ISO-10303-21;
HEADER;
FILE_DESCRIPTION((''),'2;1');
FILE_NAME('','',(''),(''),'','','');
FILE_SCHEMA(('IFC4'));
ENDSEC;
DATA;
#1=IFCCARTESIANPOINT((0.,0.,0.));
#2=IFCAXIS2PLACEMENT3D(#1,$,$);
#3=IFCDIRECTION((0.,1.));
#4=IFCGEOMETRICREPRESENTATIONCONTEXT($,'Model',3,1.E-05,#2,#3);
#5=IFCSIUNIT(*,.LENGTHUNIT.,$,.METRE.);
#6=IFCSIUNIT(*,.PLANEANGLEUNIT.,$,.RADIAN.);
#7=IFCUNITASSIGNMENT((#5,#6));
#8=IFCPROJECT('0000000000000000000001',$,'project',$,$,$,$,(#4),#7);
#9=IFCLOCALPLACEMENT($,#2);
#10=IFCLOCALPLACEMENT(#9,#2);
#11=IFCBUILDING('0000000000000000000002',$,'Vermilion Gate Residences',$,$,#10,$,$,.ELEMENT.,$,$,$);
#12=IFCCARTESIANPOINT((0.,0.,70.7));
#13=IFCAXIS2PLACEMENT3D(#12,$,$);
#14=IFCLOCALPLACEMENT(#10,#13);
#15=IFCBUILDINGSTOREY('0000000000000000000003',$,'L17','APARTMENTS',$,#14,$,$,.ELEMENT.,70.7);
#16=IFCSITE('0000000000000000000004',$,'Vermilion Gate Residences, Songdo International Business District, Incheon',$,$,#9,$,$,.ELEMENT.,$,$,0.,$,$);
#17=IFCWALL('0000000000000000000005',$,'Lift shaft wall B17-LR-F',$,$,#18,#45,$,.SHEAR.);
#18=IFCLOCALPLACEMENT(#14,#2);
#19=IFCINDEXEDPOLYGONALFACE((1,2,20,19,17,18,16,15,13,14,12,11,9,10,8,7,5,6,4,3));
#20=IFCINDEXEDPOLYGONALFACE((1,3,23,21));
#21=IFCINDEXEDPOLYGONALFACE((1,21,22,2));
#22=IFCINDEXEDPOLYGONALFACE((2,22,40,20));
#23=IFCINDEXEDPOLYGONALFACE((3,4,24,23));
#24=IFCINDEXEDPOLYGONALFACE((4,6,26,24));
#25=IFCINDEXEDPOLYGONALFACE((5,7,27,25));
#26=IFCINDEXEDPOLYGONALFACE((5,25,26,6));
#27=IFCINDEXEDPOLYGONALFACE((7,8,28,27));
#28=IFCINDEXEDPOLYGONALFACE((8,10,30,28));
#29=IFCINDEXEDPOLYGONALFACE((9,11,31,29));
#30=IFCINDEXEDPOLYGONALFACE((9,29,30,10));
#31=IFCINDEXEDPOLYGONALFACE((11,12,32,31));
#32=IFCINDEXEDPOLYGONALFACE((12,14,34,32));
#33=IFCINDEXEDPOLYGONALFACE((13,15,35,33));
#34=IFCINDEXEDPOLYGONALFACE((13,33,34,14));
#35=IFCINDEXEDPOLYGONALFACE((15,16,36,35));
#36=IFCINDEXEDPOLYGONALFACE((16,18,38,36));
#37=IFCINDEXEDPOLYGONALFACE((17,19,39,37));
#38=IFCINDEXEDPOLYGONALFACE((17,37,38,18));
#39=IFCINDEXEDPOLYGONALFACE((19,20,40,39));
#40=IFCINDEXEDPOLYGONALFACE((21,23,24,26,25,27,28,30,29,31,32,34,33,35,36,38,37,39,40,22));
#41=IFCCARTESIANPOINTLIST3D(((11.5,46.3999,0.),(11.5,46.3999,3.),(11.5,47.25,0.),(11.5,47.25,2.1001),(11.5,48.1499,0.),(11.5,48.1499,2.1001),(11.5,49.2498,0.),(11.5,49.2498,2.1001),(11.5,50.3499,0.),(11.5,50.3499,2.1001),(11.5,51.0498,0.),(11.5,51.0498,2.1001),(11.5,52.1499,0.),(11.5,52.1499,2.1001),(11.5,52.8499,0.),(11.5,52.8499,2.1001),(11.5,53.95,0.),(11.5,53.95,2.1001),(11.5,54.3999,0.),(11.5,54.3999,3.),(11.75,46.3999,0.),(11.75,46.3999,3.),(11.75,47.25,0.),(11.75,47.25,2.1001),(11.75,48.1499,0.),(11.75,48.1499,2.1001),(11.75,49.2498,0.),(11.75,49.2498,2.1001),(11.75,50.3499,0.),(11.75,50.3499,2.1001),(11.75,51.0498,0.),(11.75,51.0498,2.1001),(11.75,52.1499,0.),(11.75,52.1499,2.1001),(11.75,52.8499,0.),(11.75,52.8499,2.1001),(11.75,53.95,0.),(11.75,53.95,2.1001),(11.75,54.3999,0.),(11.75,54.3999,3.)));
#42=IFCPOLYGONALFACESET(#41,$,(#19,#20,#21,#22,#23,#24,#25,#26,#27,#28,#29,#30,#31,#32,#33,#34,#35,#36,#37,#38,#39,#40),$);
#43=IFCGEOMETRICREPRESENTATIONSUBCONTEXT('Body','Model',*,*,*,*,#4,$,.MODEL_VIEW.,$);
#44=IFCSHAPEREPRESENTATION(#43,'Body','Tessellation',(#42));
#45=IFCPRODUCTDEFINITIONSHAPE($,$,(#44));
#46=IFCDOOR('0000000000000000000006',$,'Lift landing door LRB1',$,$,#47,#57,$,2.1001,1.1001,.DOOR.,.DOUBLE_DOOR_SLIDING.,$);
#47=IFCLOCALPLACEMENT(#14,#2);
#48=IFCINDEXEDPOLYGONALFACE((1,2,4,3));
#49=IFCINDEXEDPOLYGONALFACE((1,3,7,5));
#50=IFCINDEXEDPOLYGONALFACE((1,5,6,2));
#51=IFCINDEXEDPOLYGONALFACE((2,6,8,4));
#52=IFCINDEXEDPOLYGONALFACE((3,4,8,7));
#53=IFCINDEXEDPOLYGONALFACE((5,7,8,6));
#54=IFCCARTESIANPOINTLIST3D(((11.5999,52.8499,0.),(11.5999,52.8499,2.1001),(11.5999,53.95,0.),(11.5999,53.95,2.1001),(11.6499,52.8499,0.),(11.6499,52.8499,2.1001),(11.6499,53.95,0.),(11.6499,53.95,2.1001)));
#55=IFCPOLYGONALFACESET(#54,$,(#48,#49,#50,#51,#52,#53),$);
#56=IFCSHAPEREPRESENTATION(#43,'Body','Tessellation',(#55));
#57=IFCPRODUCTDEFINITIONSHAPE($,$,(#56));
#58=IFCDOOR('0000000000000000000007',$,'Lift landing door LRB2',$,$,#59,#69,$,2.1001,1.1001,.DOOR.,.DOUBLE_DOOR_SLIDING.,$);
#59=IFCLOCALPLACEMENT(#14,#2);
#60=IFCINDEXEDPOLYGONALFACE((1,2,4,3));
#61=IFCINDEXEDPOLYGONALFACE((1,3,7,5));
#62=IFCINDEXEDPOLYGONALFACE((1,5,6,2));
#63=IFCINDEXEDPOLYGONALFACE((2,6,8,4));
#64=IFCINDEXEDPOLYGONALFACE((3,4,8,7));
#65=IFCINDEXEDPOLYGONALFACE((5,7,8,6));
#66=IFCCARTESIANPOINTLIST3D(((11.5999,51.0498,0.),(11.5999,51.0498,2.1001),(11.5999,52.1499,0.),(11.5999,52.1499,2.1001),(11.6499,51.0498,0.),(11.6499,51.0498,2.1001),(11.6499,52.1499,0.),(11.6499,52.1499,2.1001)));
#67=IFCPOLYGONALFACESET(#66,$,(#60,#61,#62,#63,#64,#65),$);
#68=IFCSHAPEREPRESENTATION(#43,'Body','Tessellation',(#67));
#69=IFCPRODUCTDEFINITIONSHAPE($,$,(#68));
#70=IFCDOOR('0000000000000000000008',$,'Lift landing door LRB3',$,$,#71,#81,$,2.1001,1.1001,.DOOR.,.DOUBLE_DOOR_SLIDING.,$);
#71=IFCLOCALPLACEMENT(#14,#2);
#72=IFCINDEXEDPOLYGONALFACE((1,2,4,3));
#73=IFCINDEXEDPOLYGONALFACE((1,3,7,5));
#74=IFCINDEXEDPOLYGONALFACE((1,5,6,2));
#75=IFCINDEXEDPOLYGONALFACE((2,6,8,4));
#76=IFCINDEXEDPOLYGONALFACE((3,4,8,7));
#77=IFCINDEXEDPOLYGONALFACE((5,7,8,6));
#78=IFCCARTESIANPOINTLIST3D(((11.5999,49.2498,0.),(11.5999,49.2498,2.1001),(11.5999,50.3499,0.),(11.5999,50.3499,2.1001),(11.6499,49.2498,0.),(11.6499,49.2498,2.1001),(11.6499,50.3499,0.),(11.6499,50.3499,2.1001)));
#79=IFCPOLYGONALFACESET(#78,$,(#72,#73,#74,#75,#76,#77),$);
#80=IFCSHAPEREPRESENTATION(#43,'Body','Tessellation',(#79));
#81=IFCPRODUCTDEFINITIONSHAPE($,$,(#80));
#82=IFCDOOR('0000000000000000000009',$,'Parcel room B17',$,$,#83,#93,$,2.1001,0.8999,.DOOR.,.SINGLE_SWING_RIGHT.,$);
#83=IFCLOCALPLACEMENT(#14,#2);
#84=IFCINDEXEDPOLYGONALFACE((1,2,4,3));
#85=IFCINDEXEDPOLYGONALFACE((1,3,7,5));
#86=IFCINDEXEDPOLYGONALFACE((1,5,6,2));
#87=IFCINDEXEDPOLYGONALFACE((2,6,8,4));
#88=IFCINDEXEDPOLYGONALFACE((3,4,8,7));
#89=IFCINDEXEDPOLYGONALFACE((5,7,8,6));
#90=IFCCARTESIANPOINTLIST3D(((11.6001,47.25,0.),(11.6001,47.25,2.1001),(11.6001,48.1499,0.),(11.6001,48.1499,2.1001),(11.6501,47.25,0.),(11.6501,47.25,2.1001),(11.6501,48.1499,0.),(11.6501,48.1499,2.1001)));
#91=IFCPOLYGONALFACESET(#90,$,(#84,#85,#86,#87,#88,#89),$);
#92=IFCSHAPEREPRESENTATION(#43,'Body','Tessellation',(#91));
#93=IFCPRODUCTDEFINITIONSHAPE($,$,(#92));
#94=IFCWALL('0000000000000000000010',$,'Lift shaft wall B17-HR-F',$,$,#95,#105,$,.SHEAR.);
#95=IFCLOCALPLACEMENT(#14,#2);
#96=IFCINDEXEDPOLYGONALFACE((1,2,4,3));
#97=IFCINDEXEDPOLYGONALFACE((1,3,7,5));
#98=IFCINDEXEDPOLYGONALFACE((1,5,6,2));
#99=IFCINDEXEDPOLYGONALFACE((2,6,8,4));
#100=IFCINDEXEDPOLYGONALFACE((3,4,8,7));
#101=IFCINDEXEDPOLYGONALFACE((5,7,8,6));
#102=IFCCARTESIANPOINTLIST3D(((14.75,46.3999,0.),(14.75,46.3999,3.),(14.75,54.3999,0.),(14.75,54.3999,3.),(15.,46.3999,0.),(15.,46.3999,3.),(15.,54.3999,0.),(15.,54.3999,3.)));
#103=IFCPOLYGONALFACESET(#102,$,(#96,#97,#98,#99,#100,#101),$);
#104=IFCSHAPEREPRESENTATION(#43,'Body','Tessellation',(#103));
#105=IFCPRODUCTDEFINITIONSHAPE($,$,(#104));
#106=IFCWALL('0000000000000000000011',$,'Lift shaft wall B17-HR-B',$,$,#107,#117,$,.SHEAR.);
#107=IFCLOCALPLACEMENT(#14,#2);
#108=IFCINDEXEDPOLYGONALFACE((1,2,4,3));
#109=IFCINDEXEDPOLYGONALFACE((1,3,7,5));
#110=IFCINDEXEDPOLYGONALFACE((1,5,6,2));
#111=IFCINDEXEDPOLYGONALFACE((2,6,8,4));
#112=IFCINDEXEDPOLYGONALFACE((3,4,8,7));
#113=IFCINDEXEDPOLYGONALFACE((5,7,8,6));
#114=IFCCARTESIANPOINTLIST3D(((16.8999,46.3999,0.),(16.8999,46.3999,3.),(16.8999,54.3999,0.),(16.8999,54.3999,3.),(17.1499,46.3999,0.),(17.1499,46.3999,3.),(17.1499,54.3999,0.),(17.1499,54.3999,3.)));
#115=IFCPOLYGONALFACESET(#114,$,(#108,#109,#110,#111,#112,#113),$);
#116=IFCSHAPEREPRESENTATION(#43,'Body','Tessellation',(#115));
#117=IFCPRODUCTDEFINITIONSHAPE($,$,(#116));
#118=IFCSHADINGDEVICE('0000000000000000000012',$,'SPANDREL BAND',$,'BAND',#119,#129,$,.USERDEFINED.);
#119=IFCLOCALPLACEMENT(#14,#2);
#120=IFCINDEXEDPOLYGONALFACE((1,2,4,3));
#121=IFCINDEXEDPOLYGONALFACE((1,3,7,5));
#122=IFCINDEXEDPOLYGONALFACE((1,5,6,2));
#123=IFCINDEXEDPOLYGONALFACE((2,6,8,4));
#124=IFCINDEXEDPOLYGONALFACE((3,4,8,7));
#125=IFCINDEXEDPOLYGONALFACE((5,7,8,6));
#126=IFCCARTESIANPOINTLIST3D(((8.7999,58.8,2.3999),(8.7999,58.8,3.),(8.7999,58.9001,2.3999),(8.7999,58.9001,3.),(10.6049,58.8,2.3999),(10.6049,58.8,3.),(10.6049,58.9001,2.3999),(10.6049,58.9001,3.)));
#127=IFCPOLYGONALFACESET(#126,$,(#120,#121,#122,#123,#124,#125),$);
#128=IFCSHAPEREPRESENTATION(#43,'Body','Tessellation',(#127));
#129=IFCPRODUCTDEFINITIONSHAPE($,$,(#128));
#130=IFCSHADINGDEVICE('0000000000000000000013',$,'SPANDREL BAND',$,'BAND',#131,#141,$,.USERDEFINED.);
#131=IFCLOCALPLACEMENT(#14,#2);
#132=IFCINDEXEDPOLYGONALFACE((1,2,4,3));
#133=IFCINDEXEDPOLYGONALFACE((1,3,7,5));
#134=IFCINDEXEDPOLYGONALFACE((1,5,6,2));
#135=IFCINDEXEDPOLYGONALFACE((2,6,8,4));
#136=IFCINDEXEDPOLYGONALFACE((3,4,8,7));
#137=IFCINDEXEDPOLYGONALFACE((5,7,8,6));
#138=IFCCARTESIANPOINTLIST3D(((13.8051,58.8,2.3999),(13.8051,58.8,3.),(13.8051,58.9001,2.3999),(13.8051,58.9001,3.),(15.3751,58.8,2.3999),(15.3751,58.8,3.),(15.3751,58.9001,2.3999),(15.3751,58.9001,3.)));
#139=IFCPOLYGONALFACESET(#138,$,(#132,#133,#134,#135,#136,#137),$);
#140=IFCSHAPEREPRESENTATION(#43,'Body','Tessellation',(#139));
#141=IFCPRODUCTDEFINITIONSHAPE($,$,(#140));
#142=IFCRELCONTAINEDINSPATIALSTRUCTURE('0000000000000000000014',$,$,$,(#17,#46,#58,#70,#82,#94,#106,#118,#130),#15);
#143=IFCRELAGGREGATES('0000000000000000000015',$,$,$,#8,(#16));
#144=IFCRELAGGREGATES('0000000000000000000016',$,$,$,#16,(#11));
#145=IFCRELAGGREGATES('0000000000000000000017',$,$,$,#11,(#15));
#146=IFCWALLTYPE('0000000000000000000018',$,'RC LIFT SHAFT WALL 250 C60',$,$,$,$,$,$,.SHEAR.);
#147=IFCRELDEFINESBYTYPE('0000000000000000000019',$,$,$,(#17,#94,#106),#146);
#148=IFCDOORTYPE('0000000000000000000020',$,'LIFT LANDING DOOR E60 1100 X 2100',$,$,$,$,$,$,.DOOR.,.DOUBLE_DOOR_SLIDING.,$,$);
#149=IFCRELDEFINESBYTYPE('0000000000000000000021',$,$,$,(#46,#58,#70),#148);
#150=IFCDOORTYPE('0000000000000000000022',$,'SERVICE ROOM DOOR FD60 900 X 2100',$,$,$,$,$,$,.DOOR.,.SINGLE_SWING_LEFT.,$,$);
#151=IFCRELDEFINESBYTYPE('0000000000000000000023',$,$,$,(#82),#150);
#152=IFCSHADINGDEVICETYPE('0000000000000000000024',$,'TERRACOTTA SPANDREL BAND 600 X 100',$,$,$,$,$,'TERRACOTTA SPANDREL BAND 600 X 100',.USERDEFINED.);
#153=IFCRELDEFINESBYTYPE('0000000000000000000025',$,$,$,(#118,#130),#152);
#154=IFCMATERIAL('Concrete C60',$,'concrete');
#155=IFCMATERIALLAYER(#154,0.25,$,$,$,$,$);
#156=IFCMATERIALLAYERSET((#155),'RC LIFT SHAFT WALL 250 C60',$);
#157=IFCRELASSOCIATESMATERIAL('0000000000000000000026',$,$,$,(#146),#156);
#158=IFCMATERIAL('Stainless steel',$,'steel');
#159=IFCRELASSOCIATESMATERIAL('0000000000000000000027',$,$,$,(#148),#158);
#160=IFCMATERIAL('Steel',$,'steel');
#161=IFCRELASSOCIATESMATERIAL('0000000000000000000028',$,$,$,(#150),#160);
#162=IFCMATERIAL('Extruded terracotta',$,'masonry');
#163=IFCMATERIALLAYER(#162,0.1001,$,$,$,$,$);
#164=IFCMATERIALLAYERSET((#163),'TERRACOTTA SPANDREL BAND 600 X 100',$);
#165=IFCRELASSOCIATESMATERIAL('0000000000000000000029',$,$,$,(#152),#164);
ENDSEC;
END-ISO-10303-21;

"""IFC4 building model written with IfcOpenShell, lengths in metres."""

from ifc_helpers import new_model, si_unit, direction, frame, frame_2d, origin, origin_2d, place, context, subcontext, project, spatial, rectangle, extrude, material, layer, layer_set, type_object, element, fill, save


model = new_model("IFC4")

# Units and contexts
model_context = context("Model", 3, precision=1e-05, world=origin(), true_north=direction((0.0, 1.0)))
body_context = subcontext(model_context, "Body", "Model", "MODEL_VIEW")
ifc_project = project(units=[si_unit("LENGTHUNIT", "METRE"), si_unit("PLANEANGLEUNIT", "RADIAN")], contexts=[model_context])

# Site, building, storey
site_placement = place(None, origin())
site = spatial("IfcSite", under=ifc_project, at=site_placement, Name="Vermilion Gate Residences, Songdo International Business District, Incheon", CompositionType="ELEMENT", RefElevation=0.0)
building_placement = place(site_placement, origin())
building = spatial("IfcBuilding", under=site, at=building_placement, Name="Vermilion Gate Residences", CompositionType="ELEMENT")
storey_placement = place(building_placement, frame((0.0, 0.0, 70.7)))
storey = spatial("IfcBuildingStorey", under=building, at=storey_placement, Name="L17", Description="APARTMENTS", CompositionType="ELEMENT", Elevation=70.7)

# Wall, openings, doors
ifc_material_1 = material(Name="Concrete C60", Category="concrete")
ifc_layer_1 = layer(ifc_material_1, 0.25)
ifc_layer_set_1 = layer_set([ifc_layer_1], Name="RC LIFT SHAFT WALL 250 C60")
wall_type_1 = type_object("IfcWallType", Name="RC LIFT SHAFT WALL 250 C60", PredefinedType="SHEAR", material=ifc_layer_set_1)
wall_1_placement = place(storey_placement, frame((11.625, 54.3999, 0.0), z_axis=(0.0, 0.0, 1.0), x_axis=(0.0, -1.0, 0.0)))
wall_1 = element("IfcWall", 1, at=wall_1_placement, inside=storey, type_object=wall_type_1, Name="Lift shaft wall B17-LR-F", PredefinedType="SHEAR", context=body_context, shape_type="SweptSolid", body=[
    extrude(rectangle(XDim=8.0, YDim=0.25, at=frame_2d((4.0, 0.0))), origin(), (0.0, 0.0, 1.0), 3.0),
])
opening_1_placement = place(wall_1_placement, frame((0.45, 0.0, 0.0)))
opening_1 = element("IfcOpeningElement", 2, at=opening_1_placement, cuts=wall_1, PredefinedType="OPENING", context=body_context, shape_type="SweptSolid", body=[
    extrude(rectangle(XDim=1.1001, YDim=2.1001, at=frame_2d((0.55, 1.05))), frame((0.0, 0.135, 0.0), z_axis=(0.0, -1.0, 0.0), x_axis=(1.0, 0.0, 0.0)), (0.0, 0.0, 1.0), 0.27),
])
opening_2_placement = place(wall_1_placement, frame((2.25, 0.0, 0.0)))
opening_2 = element("IfcOpeningElement", 3, at=opening_2_placement, cuts=wall_1, PredefinedType="OPENING", context=body_context, shape_type="SweptSolid", body=[
    extrude(rectangle(XDim=1.1001, YDim=2.1001, at=frame_2d((0.55, 1.05))), frame((0.0, 0.135, 0.0), z_axis=(0.0, -1.0, 0.0), x_axis=(1.0, 0.0, 0.0)), (0.0, 0.0, 1.0), 0.27),
])
opening_3_placement = place(wall_1_placement, frame((4.05, 0.0, 0.0)))
opening_3 = element("IfcOpeningElement", 4, at=opening_3_placement, cuts=wall_1, PredefinedType="OPENING", context=body_context, shape_type="SweptSolid", body=[
    extrude(rectangle(XDim=1.1001, YDim=2.1001, at=frame_2d((0.55, 1.05))), frame((0.0, 0.135, 0.0), z_axis=(0.0, -1.0, 0.0), x_axis=(1.0, 0.0, 0.0)), (0.0, 0.0, 1.0), 0.27),
])
opening_4_placement = place(wall_1_placement, frame((6.25, 0.0, 0.0)))
opening_4 = element("IfcOpeningElement", 5, at=opening_4_placement, cuts=wall_1, PredefinedType="OPENING", context=body_context, shape_type="SweptSolid", body=[
    extrude(rectangle(XDim=0.8999, YDim=2.1001, at=frame_2d((0.45, 1.05))), frame((0.0, 0.135, 0.0), z_axis=(0.0, -1.0, 0.0), x_axis=(1.0, 0.0, 0.0)), (0.0, 0.0, 1.0), 0.27),
])
ifc_material_2 = material(Name="Stainless steel", Category="steel")
door_type_1 = type_object("IfcDoorType", Name="LIFT LANDING DOOR E60 1100 X 2100", OperationType="DOUBLE_DOOR_SLIDING", PredefinedType="DOOR", material=ifc_material_2)
door_1_placement = place(opening_1_placement, origin())
door_1 = element("IfcDoor", 6, at=door_1_placement, inside=storey, type_object=door_type_1, Name="Lift landing door LRB1", OperationType="DOUBLE_DOOR_SLIDING", OverallHeight=2.1001, OverallWidth=1.1001, PredefinedType="DOOR", context=body_context, shape_type="SweptSolid", body=[
    extrude(rectangle(XDim=1.1001, YDim=2.1001, at=frame_2d((0.55, 1.05))), frame((0.0, 0.0249, 0.0), z_axis=(0.0, -1.0, 0.0), x_axis=(1.0, 0.0, 0.0)), (0.0, 0.0, 1.0), 0.05),
])
fill(opening_1, door_1)
door_2_placement = place(opening_2_placement, origin())
door_2 = element("IfcDoor", 7, at=door_2_placement, inside=storey, type_object=door_type_1, Name="Lift landing door LRB2", OperationType="DOUBLE_DOOR_SLIDING", OverallHeight=2.1001, OverallWidth=1.1001, PredefinedType="DOOR", context=body_context, shape_type="SweptSolid", body=[
    extrude(rectangle(XDim=1.1001, YDim=2.1001, at=frame_2d((0.55, 1.05))), frame((0.0, 0.0249, 0.0), z_axis=(0.0, -1.0, 0.0), x_axis=(1.0, 0.0, 0.0)), (0.0, 0.0, 1.0), 0.05),
])
fill(opening_2, door_2)
door_3_placement = place(opening_3_placement, origin())
door_3 = element("IfcDoor", 8, at=door_3_placement, inside=storey, type_object=door_type_1, Name="Lift landing door LRB3", OperationType="DOUBLE_DOOR_SLIDING", OverallHeight=2.1001, OverallWidth=1.1001, PredefinedType="DOOR", context=body_context, shape_type="SweptSolid", body=[
    extrude(rectangle(XDim=1.1001, YDim=2.1001, at=frame_2d((0.55, 1.05))), frame((0.0, 0.0249, 0.0), z_axis=(0.0, -1.0, 0.0), x_axis=(1.0, 0.0, 0.0)), (0.0, 0.0, 1.0), 0.05),
])
fill(opening_3, door_3)
ifc_material_3 = material(Name="Steel", Category="steel")
door_type_2 = type_object("IfcDoorType", Name="SERVICE ROOM DOOR FD60 900 X 2100", OperationType="SINGLE_SWING_LEFT", PredefinedType="DOOR", material=ifc_material_3)
door_4_placement = place(opening_4_placement, frame((0.8999, 0.0, 0.0), z_axis=(0.0, 0.0, 1.0), x_axis=(-1.0, 0.0, 0.0)))
door_4 = element("IfcDoor", 9, at=door_4_placement, inside=storey, type_object=door_type_2, Name="Parcel room B17", OperationType="SINGLE_SWING_RIGHT", OverallHeight=2.1001, OverallWidth=0.8999, PredefinedType="DOOR", context=body_context, shape_type="SweptSolid", body=[
    extrude(rectangle(XDim=0.8999, YDim=2.1001, at=frame_2d((0.45, 1.05))), frame((0.0, 0.0249, 0.0), z_axis=(0.0, -1.0, 0.0), x_axis=(1.0, 0.0, 0.0)), (0.0, 0.0, 1.0), 0.05),
])
fill(opening_4, door_4)

# Walls
for number, where, z_axis, x_axis, name in (
    (10, (14.875, 54.3999, 0.0), (0.0, 0.0, 1.0), (0.0, -1.0, 0.0), "Lift shaft wall B17-HR-F"),
    (11, (17.0249, 54.3999, 0.0), (0.0, 0.0, 1.0), (0.0, -1.0, 0.0), "Lift shaft wall B17-HR-B"),
):
    element("IfcWall", number, at=place(storey_placement, frame(where, z_axis=z_axis, x_axis=x_axis)), inside=storey, type_object=wall_type_1, Name=name, PredefinedType="SHEAR", context=body_context, shape_type="SweptSolid", body=[
        extrude(rectangle(XDim=8.0, YDim=0.25, at=frame_2d((4.0, 0.0))), origin(), (0.0, 0.0, 1.0), 3.0),
    ])

# Shading devices
ifc_material_4 = material(Name="Extruded terracotta", Category="masonry")
ifc_layer_2 = layer(ifc_material_4, 0.1001)
ifc_layer_set_2 = layer_set([ifc_layer_2], Name="TERRACOTTA SPANDREL BAND 600 X 100")
shading_device_type = type_object("IfcShadingDeviceType", Name="TERRACOTTA SPANDREL BAND 600 X 100", ElementType="TERRACOTTA SPANDREL BAND 600 X 100", PredefinedType="USERDEFINED", material=ifc_layer_set_2)
shading_device_1_placement = place(storey_placement, frame((9.7024, 58.8501, 2.3999), z_axis=(0.0, 0.0, 1.0), x_axis=(1.0, 0.0, 0.0)))
element("IfcShadingDevice", 12, at=shading_device_1_placement, inside=storey, type_object=shading_device_type, Name="SPANDREL BAND", ObjectType="BAND", PredefinedType="USERDEFINED", context=body_context, shape_type="SweptSolid", body=[
    extrude(rectangle(XDim=1.8049, YDim=0.1001, at=origin_2d()), origin(), (0.0, 0.0, 1.0), 0.6001),
])
shading_device_2_placement = place(storey_placement, frame((14.5901, 58.8501, 2.3999), z_axis=(0.0, 0.0, 1.0), x_axis=(1.0, 0.0, 0.0)))
element("IfcShadingDevice", 13, at=shading_device_2_placement, inside=storey, type_object=shading_device_type, Name="SPANDREL BAND", ObjectType="BAND", PredefinedType="USERDEFINED", context=body_context, shape_type="SweptSolid", body=[
    extrude(rectangle(XDim=1.5701, YDim=0.1001, at=origin_2d()), origin(), (0.0, 0.0, 1.0), 0.6001),
])

save(model, "model.ifc")
